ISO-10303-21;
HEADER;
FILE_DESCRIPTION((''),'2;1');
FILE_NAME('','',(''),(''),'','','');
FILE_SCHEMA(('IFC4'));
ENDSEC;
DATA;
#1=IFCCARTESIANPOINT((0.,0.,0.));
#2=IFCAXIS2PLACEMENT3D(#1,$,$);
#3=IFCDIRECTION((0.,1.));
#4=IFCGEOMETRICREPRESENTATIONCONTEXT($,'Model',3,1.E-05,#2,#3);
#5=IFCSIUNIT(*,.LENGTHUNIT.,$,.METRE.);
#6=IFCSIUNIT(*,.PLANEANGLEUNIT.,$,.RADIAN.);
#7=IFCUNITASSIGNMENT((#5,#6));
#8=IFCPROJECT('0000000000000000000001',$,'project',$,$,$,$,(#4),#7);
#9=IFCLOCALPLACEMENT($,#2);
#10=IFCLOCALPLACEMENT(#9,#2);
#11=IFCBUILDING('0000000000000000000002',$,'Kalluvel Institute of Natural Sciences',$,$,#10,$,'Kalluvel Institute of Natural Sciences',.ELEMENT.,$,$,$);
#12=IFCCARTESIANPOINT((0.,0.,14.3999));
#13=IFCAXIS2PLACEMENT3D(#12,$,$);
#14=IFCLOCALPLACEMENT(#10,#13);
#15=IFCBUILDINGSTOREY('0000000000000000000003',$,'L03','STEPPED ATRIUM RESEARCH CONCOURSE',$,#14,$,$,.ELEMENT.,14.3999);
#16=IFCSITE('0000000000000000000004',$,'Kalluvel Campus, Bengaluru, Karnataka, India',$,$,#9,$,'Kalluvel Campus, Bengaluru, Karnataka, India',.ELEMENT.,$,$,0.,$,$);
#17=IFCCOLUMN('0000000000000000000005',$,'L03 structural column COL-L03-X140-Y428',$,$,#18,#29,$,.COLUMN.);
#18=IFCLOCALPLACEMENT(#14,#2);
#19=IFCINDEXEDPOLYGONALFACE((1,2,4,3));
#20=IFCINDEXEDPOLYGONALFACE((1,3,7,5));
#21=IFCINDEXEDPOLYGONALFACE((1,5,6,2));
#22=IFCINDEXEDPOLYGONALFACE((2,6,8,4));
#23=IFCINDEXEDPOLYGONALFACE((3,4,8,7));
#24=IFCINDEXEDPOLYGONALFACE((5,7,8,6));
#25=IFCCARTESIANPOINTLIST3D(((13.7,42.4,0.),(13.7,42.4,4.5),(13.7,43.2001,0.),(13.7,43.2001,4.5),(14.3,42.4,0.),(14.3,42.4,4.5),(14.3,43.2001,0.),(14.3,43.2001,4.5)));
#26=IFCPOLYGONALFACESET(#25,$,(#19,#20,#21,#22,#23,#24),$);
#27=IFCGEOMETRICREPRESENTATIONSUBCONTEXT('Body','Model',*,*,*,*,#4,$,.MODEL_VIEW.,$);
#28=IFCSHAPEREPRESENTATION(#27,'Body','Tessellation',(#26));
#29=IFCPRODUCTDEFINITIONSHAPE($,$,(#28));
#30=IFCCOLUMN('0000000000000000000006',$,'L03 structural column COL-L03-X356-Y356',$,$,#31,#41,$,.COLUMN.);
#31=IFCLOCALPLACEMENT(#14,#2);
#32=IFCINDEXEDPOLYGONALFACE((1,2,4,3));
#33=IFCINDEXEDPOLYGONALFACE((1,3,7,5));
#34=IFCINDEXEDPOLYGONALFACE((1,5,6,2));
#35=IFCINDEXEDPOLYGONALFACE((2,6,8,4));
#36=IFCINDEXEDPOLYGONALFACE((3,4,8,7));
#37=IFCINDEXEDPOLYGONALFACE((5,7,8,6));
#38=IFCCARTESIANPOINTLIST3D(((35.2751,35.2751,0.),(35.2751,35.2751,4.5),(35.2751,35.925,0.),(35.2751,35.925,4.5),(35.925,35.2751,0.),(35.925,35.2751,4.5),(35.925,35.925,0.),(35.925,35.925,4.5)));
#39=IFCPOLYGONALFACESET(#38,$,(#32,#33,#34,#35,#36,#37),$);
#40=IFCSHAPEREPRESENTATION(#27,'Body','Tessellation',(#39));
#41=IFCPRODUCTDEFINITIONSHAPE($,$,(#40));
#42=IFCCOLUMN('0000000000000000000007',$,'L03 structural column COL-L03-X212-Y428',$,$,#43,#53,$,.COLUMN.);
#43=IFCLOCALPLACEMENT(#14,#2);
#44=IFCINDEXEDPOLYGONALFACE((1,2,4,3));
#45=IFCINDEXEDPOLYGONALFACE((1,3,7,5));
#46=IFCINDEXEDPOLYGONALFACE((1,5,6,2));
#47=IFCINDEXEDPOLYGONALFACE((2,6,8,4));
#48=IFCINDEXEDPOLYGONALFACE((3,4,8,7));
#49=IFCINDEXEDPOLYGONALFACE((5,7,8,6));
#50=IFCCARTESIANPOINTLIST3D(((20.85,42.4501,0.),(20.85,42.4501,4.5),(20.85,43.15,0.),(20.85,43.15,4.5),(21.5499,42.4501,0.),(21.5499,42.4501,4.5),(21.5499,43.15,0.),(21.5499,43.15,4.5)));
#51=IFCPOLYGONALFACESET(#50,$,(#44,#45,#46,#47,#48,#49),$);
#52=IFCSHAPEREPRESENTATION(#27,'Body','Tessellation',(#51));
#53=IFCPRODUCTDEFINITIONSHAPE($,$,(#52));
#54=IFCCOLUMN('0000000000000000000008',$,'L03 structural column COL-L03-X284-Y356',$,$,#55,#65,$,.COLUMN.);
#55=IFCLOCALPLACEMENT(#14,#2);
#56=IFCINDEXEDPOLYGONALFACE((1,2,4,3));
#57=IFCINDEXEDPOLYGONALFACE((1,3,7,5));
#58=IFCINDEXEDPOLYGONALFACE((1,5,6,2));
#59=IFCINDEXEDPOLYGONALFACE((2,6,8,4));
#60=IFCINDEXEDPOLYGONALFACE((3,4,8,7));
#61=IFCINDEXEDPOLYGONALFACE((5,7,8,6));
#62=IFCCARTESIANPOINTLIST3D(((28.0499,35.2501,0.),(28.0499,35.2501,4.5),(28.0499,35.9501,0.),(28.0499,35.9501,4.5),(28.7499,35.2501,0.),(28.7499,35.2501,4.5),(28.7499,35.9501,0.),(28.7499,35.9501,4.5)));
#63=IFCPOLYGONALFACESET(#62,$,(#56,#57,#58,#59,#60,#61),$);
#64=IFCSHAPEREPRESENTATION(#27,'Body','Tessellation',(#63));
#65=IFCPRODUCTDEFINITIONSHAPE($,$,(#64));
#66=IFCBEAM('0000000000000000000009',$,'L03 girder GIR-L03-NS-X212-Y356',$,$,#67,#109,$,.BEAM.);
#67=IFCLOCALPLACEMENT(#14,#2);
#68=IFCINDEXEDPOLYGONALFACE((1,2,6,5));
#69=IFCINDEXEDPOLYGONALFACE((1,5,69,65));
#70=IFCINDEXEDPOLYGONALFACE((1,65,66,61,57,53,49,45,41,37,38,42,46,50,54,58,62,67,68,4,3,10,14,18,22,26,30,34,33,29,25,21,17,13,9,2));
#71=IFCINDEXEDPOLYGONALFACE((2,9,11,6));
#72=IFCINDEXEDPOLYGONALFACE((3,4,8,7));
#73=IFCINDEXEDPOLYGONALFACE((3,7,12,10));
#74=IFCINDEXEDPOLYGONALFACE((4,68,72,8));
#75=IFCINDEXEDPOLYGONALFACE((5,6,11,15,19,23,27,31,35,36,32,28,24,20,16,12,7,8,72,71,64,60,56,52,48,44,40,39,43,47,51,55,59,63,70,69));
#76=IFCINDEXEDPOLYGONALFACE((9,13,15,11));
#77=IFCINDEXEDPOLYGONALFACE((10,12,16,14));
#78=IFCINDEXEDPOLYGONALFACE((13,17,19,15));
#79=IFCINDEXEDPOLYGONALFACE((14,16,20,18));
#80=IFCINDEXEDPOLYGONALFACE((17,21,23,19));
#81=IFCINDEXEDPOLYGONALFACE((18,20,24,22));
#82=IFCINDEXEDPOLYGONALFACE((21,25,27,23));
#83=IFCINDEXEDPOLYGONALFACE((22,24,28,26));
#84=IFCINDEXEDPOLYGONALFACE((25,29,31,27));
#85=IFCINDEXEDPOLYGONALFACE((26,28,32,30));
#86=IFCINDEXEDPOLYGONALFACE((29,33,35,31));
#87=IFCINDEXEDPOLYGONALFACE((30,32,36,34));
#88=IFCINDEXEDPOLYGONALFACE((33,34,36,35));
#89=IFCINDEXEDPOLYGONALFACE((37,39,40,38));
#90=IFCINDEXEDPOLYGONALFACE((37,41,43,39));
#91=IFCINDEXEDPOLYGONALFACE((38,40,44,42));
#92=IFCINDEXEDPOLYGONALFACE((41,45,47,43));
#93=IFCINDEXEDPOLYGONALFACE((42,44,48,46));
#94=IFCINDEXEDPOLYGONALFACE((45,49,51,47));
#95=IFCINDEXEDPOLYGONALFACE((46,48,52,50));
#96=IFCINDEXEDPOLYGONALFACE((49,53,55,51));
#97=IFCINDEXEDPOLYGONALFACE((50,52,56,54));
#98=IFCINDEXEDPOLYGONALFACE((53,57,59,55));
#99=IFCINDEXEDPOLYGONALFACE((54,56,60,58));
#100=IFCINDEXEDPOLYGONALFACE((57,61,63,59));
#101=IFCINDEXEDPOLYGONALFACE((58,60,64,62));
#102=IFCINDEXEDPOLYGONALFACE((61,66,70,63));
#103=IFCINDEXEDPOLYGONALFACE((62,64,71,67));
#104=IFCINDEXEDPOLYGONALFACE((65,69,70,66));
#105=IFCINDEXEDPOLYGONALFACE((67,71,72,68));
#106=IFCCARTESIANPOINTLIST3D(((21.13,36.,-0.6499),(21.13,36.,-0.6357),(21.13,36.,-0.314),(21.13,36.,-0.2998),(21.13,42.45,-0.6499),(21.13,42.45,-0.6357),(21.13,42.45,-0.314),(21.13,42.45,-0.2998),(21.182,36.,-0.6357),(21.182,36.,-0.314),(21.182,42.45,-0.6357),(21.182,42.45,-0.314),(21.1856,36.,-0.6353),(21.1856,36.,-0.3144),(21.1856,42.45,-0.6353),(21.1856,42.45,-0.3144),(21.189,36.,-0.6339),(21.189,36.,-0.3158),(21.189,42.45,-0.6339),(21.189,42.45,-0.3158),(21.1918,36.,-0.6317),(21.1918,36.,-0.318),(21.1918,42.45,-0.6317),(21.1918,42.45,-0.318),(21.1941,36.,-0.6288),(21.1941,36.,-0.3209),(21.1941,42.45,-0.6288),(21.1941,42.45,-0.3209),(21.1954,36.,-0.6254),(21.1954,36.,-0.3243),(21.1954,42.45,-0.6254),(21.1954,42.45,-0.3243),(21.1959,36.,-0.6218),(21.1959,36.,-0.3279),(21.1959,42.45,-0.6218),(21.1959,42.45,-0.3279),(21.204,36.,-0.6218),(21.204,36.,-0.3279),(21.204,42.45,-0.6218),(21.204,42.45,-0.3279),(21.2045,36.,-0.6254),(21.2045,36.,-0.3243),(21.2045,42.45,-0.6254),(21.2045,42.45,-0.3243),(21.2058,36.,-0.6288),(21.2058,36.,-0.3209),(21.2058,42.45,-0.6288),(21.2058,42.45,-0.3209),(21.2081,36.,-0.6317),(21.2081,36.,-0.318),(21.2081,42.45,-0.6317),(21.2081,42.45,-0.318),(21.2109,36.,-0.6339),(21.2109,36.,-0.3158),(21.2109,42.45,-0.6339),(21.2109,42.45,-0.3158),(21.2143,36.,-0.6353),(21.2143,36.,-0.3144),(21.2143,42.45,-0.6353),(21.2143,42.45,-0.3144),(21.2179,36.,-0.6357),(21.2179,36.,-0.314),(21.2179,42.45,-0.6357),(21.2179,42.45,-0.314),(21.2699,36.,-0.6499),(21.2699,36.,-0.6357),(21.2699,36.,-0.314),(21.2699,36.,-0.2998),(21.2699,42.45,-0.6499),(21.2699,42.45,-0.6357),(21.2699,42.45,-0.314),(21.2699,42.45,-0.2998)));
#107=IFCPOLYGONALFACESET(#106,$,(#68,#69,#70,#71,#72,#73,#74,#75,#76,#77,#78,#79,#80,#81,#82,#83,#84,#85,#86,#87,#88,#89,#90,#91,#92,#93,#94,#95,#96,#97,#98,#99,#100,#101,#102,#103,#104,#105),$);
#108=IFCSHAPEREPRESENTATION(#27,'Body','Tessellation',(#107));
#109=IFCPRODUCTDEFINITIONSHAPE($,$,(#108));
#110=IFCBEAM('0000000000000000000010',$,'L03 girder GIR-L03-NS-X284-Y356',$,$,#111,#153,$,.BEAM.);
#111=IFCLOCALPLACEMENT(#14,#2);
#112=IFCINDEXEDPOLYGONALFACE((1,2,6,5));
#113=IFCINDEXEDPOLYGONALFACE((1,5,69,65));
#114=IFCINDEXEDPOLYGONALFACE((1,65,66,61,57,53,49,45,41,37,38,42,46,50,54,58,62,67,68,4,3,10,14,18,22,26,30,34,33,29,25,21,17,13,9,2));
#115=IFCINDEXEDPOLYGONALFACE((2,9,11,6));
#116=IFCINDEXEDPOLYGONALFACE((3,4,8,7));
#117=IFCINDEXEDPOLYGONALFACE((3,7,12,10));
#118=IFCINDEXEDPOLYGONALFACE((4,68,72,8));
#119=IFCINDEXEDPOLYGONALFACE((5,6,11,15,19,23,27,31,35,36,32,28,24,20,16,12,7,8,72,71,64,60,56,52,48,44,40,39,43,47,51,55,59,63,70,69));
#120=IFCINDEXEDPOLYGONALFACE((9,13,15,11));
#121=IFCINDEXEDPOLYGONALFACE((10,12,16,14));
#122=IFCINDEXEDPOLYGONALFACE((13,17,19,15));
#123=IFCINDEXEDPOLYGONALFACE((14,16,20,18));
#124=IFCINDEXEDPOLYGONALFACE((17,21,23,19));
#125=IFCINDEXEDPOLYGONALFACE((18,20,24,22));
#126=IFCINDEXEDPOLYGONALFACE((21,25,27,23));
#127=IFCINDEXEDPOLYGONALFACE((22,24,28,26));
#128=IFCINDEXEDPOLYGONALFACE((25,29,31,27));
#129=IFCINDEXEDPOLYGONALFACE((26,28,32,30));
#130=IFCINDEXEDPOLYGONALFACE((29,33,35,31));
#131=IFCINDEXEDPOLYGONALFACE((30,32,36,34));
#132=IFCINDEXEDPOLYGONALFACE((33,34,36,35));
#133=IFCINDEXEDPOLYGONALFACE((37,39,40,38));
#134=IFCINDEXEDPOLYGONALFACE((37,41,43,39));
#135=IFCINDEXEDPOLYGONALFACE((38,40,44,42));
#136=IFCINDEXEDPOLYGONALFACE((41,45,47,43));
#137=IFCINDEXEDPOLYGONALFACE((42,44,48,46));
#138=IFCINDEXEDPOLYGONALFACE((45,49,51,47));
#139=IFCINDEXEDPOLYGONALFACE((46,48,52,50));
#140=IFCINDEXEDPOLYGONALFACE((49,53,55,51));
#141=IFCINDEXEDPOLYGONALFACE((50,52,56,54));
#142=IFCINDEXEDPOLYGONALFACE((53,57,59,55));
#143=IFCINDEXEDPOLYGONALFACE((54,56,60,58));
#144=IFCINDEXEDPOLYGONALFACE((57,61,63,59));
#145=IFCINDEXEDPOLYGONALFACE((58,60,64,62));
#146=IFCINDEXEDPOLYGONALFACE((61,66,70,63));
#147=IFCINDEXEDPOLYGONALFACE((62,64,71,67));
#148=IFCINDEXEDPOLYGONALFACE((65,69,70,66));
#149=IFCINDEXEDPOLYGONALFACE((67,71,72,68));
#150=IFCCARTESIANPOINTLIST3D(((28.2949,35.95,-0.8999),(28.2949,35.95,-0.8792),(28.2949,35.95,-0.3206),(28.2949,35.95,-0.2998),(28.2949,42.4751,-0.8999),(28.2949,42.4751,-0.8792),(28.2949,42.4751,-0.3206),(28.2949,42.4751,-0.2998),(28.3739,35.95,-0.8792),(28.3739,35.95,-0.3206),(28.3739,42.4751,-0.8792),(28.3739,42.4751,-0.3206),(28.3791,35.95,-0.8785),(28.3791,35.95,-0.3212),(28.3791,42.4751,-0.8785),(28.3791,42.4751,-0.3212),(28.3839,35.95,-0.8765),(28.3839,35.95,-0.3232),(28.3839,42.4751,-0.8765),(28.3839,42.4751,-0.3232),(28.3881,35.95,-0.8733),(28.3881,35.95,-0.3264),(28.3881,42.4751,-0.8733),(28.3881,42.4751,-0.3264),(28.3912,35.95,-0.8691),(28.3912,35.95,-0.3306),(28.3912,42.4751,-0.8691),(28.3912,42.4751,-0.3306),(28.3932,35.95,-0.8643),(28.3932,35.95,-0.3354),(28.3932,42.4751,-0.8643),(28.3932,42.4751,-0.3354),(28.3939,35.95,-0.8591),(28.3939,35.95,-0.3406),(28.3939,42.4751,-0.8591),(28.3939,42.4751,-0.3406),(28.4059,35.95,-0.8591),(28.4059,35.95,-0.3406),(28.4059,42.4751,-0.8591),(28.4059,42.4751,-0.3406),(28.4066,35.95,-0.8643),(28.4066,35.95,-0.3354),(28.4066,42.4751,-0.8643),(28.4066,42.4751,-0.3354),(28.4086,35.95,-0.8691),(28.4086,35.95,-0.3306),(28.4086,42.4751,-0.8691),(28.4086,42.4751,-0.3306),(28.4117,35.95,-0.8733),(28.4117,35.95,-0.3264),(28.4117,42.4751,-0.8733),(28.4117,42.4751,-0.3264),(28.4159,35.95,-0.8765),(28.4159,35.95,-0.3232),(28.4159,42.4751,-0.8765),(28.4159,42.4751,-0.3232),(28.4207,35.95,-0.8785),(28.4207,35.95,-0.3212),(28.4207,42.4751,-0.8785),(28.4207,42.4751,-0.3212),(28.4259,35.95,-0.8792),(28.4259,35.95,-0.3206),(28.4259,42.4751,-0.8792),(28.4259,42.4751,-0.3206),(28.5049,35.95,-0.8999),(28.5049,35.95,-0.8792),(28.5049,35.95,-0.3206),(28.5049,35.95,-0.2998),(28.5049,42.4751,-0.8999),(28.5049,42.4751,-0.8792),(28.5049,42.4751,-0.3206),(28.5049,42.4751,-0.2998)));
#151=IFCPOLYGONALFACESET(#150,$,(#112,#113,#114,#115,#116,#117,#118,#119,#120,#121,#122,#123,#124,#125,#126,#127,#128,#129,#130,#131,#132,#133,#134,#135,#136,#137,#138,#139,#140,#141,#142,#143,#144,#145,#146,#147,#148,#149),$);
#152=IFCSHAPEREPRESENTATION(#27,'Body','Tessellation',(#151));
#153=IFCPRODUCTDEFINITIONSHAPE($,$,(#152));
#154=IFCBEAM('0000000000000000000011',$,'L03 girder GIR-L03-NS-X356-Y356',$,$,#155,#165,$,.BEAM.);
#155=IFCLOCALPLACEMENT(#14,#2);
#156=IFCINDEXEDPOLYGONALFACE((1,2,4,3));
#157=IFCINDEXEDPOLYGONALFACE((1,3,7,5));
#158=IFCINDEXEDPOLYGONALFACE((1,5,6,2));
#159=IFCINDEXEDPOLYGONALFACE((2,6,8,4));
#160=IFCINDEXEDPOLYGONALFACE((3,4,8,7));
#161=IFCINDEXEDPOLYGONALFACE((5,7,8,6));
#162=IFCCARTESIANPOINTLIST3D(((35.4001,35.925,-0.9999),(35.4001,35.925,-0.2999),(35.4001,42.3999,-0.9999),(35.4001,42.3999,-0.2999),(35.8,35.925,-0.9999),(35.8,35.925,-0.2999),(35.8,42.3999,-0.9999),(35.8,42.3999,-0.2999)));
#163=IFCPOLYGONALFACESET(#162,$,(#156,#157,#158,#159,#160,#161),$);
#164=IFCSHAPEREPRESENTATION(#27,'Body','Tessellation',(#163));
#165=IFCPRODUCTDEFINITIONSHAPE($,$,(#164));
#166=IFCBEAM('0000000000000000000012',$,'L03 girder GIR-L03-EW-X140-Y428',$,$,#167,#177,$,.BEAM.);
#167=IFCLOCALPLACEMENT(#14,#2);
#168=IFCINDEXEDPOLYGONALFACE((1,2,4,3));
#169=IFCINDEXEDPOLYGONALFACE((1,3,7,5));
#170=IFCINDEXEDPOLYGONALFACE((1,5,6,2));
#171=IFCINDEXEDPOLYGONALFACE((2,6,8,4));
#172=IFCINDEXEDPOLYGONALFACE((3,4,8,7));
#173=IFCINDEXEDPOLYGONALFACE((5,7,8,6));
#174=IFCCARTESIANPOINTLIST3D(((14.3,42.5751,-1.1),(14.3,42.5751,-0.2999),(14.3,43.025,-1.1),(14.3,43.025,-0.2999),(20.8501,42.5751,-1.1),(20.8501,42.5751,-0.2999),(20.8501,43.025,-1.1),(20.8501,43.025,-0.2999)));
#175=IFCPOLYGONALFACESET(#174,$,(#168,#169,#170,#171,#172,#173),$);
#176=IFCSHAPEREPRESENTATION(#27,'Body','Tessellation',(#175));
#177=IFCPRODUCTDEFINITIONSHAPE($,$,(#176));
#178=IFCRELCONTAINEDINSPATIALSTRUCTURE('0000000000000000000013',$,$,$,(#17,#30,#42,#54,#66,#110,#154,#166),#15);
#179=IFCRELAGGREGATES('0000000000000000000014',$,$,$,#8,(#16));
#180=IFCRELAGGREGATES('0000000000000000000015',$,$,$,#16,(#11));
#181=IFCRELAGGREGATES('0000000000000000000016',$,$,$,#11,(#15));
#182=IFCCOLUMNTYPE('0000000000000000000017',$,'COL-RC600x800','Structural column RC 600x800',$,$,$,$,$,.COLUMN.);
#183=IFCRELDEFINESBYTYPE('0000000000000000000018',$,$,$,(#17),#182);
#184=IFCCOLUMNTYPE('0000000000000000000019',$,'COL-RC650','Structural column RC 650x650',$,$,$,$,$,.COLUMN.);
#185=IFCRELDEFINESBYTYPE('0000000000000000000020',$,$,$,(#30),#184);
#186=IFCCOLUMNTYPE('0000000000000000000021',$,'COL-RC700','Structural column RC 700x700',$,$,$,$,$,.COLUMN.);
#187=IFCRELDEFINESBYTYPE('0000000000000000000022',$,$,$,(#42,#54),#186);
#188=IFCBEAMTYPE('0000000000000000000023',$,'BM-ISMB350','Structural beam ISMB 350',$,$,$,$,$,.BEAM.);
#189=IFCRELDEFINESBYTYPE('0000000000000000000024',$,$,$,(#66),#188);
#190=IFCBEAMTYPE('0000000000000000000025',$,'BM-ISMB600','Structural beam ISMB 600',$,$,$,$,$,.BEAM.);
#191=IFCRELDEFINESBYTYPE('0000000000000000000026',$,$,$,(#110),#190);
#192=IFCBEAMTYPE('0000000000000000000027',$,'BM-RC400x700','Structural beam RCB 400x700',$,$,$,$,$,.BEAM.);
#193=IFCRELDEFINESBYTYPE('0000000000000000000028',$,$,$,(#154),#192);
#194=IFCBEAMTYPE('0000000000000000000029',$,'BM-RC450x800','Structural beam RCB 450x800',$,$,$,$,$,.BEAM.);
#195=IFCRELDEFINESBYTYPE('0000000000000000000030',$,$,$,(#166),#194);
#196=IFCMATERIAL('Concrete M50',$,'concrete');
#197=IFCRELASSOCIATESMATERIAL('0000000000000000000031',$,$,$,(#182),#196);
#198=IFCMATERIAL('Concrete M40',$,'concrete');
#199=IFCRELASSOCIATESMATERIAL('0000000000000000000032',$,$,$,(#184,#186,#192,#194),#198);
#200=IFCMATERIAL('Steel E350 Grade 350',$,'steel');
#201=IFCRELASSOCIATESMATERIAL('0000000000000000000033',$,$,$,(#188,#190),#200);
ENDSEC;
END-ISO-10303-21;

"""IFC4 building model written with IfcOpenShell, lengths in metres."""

from ifc_helpers import new_model, si_unit, direction, frame, origin, origin_2d, place, context, subcontext, project, spatial, rectangle, i_section, extrude, material, material_profile, profile_set, type_object, element, save


model = new_model("IFC4")

# Units and contexts
model_context = context("Model", 3, precision=1e-05, world=origin(), true_north=direction((0.0, 1.0)))
body_context = subcontext(model_context, "Body", "Model", "MODEL_VIEW")
ifc_project = project(units=[si_unit("LENGTHUNIT", "METRE"), si_unit("PLANEANGLEUNIT", "RADIAN")], contexts=[model_context])

# Site, building, storey
site_placement = place(None, origin())
site = spatial("IfcSite", under=ifc_project, at=site_placement, Name="Kalluvel Campus, Bengaluru, Karnataka, India", LongName="Kalluvel Campus, Bengaluru, Karnataka, India", CompositionType="ELEMENT", RefElevation=0.0)
building_placement = place(site_placement, origin())
building = spatial("IfcBuilding", under=site, at=building_placement, Name="Kalluvel Institute of Natural Sciences", LongName="Kalluvel Institute of Natural Sciences", CompositionType="ELEMENT")
storey_placement = place(building_placement, frame((0.0, 0.0, 14.3999)))
storey = spatial("IfcBuildingStorey", under=building, at=storey_placement, Name="L03", Description="STEPPED ATRIUM RESEARCH CONCOURSE", CompositionType="ELEMENT", Elevation=14.3999)

# Columns
ifc_material_1 = material(Name="Concrete M50", Category="concrete")
ifc_material_profile_1 = material_profile(ifc_material_1, rectangle(XDim=0.6001, YDim=0.8, at=origin_2d()), Name="RC 600x800")
ifc_profile_set_1 = profile_set([ifc_material_profile_1], Name="Concrete M50")
column_type_1 = type_object("IfcColumnType", Name="COL-RC600x800", Description="Structural column RC 600x800", PredefinedType="COLUMN", material=ifc_profile_set_1)
column_1_placement = place(storey_placement, frame((14.0, 42.8, 0.0), z_axis=(0.0, 0.0, 1.0), x_axis=(1.0, 0.0, 0.0)))
element("IfcColumn", 1, at=column_1_placement, inside=storey, type_object=column_type_1, Name="L03 structural column COL-L03-X140-Y428", PredefinedType="COLUMN", context=body_context, shape_type="SweptSolid", body=[
    extrude(rectangle(XDim=0.6001, YDim=0.8, at=origin_2d()), origin(), (0.0, 0.0, 1.0), 4.5),
])
ifc_material_2 = material(Name="Concrete M40", Category="concrete")
ifc_material_profile_2 = material_profile(ifc_material_2, rectangle(XDim=0.6499, YDim=0.6499, at=origin_2d()), Name="RC 650x650")
ifc_profile_set_2 = profile_set([ifc_material_profile_2], Name="Concrete M40")
column_type_2 = type_object("IfcColumnType", Name="COL-RC650", Description="Structural column RC 650x650", PredefinedType="COLUMN", material=ifc_profile_set_2)
column_2_placement = place(storey_placement, frame((35.6001, 35.6001, 0.0), z_axis=(0.0, 0.0, 1.0), x_axis=(1.0, 0.0, 0.0)))
element("IfcColumn", 2, at=column_2_placement, inside=storey, type_object=column_type_2, Name="L03 structural column COL-L03-X356-Y356", PredefinedType="COLUMN", context=body_context, shape_type="SweptSolid", body=[
    extrude(rectangle(XDim=0.6499, YDim=0.6499, at=origin_2d()), origin(), (0.0, 0.0, 1.0), 4.5),
])
ifc_material_profile_3 = material_profile(ifc_material_2, rectangle(XDim=0.7, YDim=0.7, at=origin_2d()), Name="RC 700x700")
ifc_profile_set_3 = profile_set([ifc_material_profile_3], Name="Concrete M40")
column_type_3 = type_object("IfcColumnType", Name="COL-RC700", Description="Structural column RC 700x700", PredefinedType="COLUMN", material=ifc_profile_set_3)
for number, where, z_axis, x_axis, name in (
    (3, (21.2, 42.8, 0.0), (0.0, 0.0, 1.0), (1.0, 0.0, 0.0), "L03 structural column COL-L03-X212-Y428"),
    (4, (28.3999, 35.6001, 0.0), (0.0, 0.0, 1.0), (1.0, 0.0, 0.0), "L03 structural column COL-L03-X284-Y356"),
):
    element("IfcColumn", number, at=place(storey_placement, frame(where, z_axis=z_axis, x_axis=x_axis)), inside=storey, type_object=column_type_3, Name=name, PredefinedType="COLUMN", context=body_context, shape_type="SweptSolid", body=[
        extrude(rectangle(XDim=0.7, YDim=0.7, at=origin_2d()), origin(), (0.0, 0.0, 1.0), 4.5),
    ])

# Beams
ifc_material_3 = material(Name="Steel E350 Grade 350", Category="steel")
ifc_material_profile_4 = material_profile(ifc_material_3, i_section(OverallWidth=0.1399, OverallDepth=0.3501, WebThickness=0.0081, FlangeThickness=0.0142, FilletRadius=0.0139, at=origin_2d()), Name="ISMB 350")
ifc_profile_set_4 = profile_set([ifc_material_profile_4], Name="Steel E350 Grade 350")
beam_type_1 = type_object("IfcBeamType", Name="BM-ISMB350", Description="Structural beam ISMB 350", PredefinedType="BEAM", material=ifc_profile_set_4)
beam_1_placement = place(storey_placement, frame((21.2, 36.0, -0.4749), z_axis=(0.0, 1.0, 0.0), x_axis=(-1.0, 0.0, 0.0)))
element("IfcBeam", 5, at=beam_1_placement, inside=storey, type_object=beam_type_1, Name="L03 girder GIR-L03-NS-X212-Y356", PredefinedType="BEAM", context=body_context, shape_type="SweptSolid", body=[
    extrude(i_section(OverallWidth=0.1399, OverallDepth=0.3501, WebThickness=0.0081, FlangeThickness=0.0142, FilletRadius=0.0139, at=origin_2d()), origin(), (0.0, 0.0, 1.0), 6.45),
])
ifc_material_profile_5 = material_profile(ifc_material_3, i_section(OverallWidth=0.21, OverallDepth=0.6001, WebThickness=0.012, FlangeThickness=0.0208, FilletRadius=0.02, at=origin_2d()), Name="ISMB 600")
ifc_profile_set_5 = profile_set([ifc_material_profile_5], Name="Steel E350 Grade 350")
beam_type_2 = type_object("IfcBeamType", Name="BM-ISMB600", Description="Structural beam ISMB 600", PredefinedType="BEAM", material=ifc_profile_set_5)
beam_2_placement = place(storey_placement, frame((28.3999, 35.95, -0.5999), z_axis=(0.0, 1.0, 0.0), x_axis=(-1.0, 0.0, 0.0)))
element("IfcBeam", 6, at=beam_2_placement, inside=storey, type_object=beam_type_2, Name="L03 girder GIR-L03-NS-X284-Y356", PredefinedType="BEAM", context=body_context, shape_type="SweptSolid", body=[
    extrude(i_section(OverallWidth=0.21, OverallDepth=0.6001, WebThickness=0.012, FlangeThickness=0.0208, FilletRadius=0.02, at=origin_2d()), origin(), (0.0, 0.0, 1.0), 6.5251),
])
ifc_material_profile_6 = material_profile(ifc_material_2, rectangle(XDim=0.3999, YDim=0.7, at=origin_2d()), Name="RCB 400x700")
ifc_profile_set_6 = profile_set([ifc_material_profile_6], Name="Concrete M40")
beam_type_3 = type_object("IfcBeamType", Name="BM-RC400x700", Description="Structural beam RCB 400x700", PredefinedType="BEAM", material=ifc_profile_set_6)
beam_3_placement = place(storey_placement, frame((35.6001, 35.925, -0.6499), z_axis=(0.0, 1.0, 0.0), x_axis=(-1.0, 0.0, 0.0)))
element("IfcBeam", 7, at=beam_3_placement, inside=storey, type_object=beam_type_3, Name="L03 girder GIR-L03-NS-X356-Y356", PredefinedType="BEAM", context=body_context, shape_type="SweptSolid", body=[
    extrude(rectangle(XDim=0.3999, YDim=0.7, at=origin_2d()), origin(), (0.0, 0.0, 1.0), 6.4749),
])
ifc_material_profile_7 = material_profile(ifc_material_2, rectangle(XDim=0.45, YDim=0.8, at=origin_2d()), Name="RCB 450x800")
ifc_profile_set_7 = profile_set([ifc_material_profile_7], Name="Concrete M40")
beam_type_4 = type_object("IfcBeamType", Name="BM-RC450x800", Description="Structural beam RCB 450x800", PredefinedType="BEAM", material=ifc_profile_set_7)
beam_4_placement = place(storey_placement, frame((14.3, 42.8, -0.7), z_axis=(1.0, 0.0, 0.0), x_axis=(0.0, 1.0, 0.0)))
element("IfcBeam", 8, at=beam_4_placement, inside=storey, type_object=beam_type_4, Name="L03 girder GIR-L03-EW-X140-Y428", PredefinedType="BEAM", context=body_context, shape_type="SweptSolid", body=[
    extrude(rectangle(XDim=0.45, YDim=0.8, at=origin_2d()), origin(), (0.0, 0.0, 1.0), 6.55),
])

save(model, "model.ifc")
